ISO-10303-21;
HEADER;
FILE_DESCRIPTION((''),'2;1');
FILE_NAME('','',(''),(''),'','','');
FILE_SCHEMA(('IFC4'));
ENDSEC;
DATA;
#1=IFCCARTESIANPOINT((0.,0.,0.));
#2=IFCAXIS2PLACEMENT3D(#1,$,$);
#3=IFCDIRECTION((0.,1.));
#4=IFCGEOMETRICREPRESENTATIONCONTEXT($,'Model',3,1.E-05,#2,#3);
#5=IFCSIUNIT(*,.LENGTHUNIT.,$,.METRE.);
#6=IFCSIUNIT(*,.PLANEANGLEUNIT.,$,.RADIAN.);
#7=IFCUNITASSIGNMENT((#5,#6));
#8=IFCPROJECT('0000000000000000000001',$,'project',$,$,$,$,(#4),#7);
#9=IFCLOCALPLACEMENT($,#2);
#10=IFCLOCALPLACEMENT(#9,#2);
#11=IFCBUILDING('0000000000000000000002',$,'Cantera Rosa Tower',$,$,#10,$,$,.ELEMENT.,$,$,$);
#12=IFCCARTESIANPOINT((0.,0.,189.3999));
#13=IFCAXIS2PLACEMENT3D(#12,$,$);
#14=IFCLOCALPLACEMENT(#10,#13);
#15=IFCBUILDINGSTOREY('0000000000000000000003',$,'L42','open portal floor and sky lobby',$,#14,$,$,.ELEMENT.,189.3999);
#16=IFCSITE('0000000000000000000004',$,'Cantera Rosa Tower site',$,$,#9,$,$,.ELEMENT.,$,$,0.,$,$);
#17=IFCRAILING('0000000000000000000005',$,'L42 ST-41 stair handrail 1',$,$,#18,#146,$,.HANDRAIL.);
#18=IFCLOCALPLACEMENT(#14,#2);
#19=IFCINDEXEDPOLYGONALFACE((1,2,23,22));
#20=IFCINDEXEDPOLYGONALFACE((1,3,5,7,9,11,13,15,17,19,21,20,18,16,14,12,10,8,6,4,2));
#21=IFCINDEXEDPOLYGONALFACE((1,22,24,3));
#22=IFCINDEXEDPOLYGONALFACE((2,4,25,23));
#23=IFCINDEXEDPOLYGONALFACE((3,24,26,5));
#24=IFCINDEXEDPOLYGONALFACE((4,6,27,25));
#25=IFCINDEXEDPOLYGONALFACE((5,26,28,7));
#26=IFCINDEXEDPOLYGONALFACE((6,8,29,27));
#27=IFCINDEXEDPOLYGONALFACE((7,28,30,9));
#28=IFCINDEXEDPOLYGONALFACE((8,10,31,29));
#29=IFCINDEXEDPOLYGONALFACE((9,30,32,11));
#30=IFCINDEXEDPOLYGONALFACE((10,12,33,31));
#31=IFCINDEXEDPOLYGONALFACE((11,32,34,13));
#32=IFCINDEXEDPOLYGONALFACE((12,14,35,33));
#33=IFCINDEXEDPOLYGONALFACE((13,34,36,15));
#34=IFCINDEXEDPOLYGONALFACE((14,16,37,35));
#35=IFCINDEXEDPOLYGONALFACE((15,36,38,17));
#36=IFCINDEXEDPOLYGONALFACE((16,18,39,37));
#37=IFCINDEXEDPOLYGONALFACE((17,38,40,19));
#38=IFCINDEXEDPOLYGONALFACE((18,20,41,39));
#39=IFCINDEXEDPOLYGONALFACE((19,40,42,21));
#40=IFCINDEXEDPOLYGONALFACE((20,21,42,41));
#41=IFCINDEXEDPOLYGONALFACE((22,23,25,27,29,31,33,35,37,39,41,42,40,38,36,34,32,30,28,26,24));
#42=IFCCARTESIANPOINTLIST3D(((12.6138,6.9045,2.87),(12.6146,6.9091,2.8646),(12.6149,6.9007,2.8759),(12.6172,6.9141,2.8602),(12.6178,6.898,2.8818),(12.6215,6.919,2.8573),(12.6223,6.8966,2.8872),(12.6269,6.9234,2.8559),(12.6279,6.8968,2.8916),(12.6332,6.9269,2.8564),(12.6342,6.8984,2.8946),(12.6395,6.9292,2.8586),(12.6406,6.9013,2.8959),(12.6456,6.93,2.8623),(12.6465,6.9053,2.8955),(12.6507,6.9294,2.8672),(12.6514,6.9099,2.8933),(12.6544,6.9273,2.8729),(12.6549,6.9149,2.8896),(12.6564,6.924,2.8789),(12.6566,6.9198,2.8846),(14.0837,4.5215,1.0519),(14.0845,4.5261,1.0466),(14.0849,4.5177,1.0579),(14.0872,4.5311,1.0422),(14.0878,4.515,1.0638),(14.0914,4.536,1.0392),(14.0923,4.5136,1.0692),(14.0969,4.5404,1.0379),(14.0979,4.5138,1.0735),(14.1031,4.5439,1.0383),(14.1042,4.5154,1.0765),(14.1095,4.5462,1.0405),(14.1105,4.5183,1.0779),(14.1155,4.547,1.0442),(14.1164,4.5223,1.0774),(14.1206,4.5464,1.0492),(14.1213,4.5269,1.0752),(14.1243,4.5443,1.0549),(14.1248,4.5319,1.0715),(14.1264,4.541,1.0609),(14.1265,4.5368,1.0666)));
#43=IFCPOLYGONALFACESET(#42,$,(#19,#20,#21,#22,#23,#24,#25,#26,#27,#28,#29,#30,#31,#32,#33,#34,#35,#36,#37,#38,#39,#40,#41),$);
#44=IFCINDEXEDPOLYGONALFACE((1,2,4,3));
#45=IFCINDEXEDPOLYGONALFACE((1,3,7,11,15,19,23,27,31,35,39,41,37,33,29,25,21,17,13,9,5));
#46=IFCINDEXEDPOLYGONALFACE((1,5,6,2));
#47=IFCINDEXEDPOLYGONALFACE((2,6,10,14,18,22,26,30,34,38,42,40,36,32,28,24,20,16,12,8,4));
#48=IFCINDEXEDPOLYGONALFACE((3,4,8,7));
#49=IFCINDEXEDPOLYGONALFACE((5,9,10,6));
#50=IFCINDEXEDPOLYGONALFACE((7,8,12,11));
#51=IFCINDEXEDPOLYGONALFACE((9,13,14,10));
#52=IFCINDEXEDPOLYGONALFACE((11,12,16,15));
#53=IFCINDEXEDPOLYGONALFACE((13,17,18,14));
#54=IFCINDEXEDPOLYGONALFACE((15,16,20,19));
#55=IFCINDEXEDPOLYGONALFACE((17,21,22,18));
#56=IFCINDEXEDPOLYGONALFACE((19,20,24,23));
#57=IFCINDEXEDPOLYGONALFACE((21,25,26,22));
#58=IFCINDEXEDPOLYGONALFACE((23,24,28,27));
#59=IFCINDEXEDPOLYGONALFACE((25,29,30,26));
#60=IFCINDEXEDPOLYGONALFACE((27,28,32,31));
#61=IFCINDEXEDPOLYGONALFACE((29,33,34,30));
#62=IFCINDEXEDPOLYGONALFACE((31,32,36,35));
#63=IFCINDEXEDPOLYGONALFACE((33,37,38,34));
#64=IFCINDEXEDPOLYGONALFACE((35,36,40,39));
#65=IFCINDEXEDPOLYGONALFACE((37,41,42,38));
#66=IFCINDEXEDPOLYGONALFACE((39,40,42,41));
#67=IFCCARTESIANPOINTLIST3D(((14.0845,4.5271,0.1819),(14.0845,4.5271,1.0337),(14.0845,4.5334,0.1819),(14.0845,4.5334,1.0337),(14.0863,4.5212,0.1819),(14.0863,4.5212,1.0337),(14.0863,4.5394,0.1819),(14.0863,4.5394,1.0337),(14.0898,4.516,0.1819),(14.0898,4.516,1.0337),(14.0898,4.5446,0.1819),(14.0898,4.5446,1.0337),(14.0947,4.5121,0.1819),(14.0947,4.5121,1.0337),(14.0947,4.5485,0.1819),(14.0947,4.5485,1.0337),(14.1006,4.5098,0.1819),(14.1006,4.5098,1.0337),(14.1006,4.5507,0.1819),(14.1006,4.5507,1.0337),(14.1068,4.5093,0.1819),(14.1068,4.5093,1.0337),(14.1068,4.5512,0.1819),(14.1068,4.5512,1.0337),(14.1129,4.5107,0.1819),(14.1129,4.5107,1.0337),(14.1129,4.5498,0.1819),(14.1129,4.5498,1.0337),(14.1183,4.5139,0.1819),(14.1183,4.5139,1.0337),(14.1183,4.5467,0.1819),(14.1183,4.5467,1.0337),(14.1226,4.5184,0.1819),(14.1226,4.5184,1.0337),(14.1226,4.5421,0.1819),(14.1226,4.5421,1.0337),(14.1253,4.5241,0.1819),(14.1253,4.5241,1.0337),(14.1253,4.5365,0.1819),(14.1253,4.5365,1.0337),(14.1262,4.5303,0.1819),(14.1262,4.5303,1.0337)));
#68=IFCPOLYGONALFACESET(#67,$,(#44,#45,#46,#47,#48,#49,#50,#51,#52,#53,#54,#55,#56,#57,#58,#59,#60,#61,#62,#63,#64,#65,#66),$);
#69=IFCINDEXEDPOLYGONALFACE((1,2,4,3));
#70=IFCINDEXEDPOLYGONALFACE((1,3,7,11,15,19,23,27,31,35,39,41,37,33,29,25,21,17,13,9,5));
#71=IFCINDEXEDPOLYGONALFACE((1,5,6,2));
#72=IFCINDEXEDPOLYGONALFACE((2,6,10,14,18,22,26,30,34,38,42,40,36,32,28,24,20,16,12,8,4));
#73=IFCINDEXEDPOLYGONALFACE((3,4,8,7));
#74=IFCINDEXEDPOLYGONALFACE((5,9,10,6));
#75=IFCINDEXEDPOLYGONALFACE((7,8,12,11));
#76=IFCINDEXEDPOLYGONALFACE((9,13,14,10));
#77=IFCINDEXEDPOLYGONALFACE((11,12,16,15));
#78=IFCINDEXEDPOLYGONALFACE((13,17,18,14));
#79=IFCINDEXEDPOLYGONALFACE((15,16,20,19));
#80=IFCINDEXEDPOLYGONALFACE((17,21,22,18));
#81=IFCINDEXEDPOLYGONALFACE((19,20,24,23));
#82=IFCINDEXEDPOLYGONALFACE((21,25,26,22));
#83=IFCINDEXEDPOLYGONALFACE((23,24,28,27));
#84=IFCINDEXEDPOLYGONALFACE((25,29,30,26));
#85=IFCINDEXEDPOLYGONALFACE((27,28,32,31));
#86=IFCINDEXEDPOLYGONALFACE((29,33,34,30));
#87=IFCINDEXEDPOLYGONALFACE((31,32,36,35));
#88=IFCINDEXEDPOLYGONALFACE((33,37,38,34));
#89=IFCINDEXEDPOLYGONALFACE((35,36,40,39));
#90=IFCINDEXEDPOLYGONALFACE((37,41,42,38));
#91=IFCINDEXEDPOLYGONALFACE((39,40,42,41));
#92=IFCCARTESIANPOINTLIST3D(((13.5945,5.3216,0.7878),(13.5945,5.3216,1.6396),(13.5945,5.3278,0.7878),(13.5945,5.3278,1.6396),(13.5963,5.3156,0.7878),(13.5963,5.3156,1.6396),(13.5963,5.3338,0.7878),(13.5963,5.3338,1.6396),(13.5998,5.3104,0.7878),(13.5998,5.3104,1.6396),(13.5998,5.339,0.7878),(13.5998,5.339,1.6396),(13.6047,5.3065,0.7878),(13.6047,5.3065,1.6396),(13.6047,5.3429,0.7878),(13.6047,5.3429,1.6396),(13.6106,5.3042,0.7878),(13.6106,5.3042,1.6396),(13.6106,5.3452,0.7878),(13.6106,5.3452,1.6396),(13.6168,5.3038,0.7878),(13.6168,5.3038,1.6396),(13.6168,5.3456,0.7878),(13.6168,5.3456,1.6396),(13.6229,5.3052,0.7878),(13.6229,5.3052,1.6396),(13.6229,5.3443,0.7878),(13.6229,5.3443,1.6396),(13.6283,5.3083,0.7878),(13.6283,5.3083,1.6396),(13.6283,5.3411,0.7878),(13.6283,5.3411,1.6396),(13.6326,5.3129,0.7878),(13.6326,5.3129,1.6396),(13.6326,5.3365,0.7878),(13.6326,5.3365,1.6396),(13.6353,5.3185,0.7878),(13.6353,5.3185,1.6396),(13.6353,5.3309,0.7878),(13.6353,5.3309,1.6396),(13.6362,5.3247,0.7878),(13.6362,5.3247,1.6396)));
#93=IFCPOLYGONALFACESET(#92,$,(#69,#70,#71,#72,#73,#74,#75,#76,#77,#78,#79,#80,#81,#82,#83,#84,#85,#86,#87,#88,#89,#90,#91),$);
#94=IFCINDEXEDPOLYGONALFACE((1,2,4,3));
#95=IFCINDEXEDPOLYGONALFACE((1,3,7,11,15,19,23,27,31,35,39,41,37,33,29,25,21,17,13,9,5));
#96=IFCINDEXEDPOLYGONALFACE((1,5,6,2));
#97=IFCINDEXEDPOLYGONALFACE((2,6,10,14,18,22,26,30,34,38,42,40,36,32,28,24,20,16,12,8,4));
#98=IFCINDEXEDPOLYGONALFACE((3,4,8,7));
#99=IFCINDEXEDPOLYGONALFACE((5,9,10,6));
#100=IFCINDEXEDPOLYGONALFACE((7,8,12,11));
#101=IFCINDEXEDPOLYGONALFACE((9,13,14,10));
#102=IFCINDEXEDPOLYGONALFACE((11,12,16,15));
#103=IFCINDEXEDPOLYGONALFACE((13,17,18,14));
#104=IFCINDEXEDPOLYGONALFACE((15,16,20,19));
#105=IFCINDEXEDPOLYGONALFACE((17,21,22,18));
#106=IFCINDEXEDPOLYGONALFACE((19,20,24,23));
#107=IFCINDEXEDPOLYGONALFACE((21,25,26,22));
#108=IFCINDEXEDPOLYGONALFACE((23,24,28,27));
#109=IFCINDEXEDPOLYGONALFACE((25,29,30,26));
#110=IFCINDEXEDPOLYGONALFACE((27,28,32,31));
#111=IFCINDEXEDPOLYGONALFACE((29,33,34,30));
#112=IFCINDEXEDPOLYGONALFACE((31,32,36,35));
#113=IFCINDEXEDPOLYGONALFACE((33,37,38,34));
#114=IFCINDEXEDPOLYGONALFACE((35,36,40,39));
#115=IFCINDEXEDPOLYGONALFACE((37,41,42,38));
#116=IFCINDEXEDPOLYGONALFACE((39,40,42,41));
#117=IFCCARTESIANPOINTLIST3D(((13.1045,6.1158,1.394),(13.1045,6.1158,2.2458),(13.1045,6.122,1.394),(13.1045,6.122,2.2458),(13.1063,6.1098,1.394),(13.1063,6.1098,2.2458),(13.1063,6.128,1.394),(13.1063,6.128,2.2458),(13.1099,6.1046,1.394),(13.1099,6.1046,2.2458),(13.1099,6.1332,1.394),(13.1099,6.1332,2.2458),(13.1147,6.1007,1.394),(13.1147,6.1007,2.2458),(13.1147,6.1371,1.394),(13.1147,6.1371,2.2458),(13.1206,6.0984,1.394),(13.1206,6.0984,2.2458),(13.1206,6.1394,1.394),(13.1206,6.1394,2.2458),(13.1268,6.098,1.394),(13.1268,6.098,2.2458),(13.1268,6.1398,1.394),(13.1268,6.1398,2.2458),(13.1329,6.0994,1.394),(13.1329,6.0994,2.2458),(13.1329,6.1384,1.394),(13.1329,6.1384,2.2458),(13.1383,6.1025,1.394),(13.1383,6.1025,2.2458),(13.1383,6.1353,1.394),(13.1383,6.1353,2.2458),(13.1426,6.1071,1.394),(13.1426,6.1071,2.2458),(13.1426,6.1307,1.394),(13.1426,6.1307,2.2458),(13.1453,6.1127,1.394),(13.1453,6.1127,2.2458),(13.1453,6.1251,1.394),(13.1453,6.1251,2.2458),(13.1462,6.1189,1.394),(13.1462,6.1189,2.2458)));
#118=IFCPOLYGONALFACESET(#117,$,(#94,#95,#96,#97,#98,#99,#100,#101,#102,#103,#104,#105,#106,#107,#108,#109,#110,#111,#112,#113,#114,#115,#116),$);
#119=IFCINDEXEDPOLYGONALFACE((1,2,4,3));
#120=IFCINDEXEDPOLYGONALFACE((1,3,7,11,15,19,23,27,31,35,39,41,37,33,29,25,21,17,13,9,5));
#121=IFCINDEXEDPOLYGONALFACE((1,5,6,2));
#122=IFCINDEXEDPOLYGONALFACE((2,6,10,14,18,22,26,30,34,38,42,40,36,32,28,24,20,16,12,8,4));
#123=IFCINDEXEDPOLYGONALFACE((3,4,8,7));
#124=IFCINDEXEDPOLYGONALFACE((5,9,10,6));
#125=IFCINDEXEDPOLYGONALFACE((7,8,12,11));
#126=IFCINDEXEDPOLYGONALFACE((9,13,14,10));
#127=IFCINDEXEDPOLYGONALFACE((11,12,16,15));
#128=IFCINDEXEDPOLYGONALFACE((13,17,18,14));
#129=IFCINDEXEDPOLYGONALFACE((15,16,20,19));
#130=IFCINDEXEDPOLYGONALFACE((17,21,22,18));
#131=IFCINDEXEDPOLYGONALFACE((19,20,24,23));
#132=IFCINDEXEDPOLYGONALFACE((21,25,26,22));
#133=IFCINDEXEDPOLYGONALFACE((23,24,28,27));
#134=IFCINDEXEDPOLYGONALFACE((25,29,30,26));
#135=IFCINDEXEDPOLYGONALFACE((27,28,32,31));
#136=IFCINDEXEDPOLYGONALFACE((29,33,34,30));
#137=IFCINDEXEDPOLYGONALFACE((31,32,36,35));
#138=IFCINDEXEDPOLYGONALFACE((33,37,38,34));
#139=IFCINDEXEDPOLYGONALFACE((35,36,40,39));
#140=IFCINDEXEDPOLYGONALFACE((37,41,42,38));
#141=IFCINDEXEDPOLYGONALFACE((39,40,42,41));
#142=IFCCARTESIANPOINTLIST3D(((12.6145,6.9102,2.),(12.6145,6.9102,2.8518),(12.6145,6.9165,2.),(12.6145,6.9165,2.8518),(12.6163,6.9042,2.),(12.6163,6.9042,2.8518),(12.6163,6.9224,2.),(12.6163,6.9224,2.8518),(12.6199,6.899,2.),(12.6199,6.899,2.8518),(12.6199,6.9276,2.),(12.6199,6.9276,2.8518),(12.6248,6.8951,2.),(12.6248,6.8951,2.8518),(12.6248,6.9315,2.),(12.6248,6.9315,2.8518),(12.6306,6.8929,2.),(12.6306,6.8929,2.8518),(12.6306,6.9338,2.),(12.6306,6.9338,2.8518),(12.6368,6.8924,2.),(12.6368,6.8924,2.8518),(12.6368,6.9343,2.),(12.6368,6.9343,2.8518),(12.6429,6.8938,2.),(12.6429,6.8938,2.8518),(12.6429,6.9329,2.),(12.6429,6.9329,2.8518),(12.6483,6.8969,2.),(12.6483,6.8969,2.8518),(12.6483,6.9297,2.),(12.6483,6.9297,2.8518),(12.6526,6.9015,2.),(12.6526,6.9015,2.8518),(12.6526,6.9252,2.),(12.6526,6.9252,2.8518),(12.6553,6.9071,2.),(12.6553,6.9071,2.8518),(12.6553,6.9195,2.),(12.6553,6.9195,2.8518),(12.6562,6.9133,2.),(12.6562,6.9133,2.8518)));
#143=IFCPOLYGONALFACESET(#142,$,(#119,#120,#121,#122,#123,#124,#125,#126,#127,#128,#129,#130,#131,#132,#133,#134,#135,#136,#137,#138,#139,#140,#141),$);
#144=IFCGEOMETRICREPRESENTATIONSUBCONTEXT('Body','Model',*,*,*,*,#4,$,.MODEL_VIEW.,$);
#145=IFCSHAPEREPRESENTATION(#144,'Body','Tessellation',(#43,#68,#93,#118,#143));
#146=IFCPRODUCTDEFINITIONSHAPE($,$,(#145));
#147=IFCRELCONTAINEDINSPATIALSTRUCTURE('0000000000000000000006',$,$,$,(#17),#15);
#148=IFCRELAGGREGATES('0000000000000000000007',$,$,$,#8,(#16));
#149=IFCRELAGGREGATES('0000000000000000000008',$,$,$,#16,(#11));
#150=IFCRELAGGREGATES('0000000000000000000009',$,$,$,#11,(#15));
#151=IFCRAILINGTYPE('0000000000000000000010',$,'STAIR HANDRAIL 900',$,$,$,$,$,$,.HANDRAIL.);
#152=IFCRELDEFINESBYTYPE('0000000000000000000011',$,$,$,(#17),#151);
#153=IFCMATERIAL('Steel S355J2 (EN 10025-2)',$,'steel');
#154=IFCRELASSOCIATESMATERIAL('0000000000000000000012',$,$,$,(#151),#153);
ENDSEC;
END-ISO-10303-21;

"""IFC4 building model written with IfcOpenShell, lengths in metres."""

from ifc_helpers import new_model, si_unit, direction, frame, origin, origin_2d, place, context, subcontext, project, spatial, circle, extrude, material, type_object, element, save


model = new_model("IFC4")

# Units and contexts
model_context = context("Model", 3, precision=1e-05, world=origin(), true_north=direction((0.0, 1.0)))
body_context = subcontext(model_context, "Body", "Model", "MODEL_VIEW")
ifc_project = project(units=[si_unit("LENGTHUNIT", "METRE"), si_unit("PLANEANGLEUNIT", "RADIAN")], contexts=[model_context])

# Site, building, storey
site_placement = place(None, origin())
site = spatial("IfcSite", under=ifc_project, at=site_placement, Name="Cantera Rosa Tower site", CompositionType="ELEMENT", RefElevation=0.0)
building_placement = place(site_placement, origin())
building = spatial("IfcBuilding", under=site, at=building_placement, Name="Cantera Rosa Tower", CompositionType="ELEMENT")
storey_placement = place(building_placement, frame((0.0, 0.0, 189.3999)))
storey = spatial("IfcBuildingStorey", under=building, at=storey_placement, Name="L42", Description="open portal floor and sky lobby", CompositionType="ELEMENT", Elevation=189.3999)

# Railing
ifc_material_1 = material(Name="Steel S355J2 (EN 10025-2)", Category="steel")
railing_type_1 = type_object("IfcRailingType", Name="STAIR HANDRAIL 900", PredefinedType="HANDRAIL", material=ifc_material_1)
for number, where, name in (
    (1, (14.1052, 4.5303, 0.1819), "L42 ST-41 stair handrail 1"),
):
    element("IfcRailing", number, at=place(storey_placement, frame(where)), inside=storey, type_object=railing_type_1, Name=name, PredefinedType="HANDRAIL", context=body_context, shape_type="SweptSolid", body=[
        extrude(circle(Radius=0.0239, at=origin_2d()), frame((0.0, 0.0, 0.876), z_axis=(-0.440314, 0.713819, 0.544597), x_axis=(-0.851104, -0.524997, 0.0)), (0.0, 0.0, 1.0), 3.3384),
        extrude(circle(Radius=0.021, at=origin_2d()), origin(), (0.0, 0.0, 1.0), 0.8518),
        extrude(circle(Radius=0.021, at=origin_2d()), frame((-0.49, 0.7944, 0.606)), (0.0, 0.0, 1.0), 0.8518),
        extrude(circle(Radius=0.021, at=origin_2d()), frame((-0.98, 1.5886, 1.2122)), (0.0, 0.0, 1.0), 0.8518),
        extrude(circle(Radius=0.021, at=origin_2d()), frame((-1.47, 2.3831, 1.8181)), (0.0, 0.0, 1.0), 0.8518),
    ])

save(model, "model.ifc")
